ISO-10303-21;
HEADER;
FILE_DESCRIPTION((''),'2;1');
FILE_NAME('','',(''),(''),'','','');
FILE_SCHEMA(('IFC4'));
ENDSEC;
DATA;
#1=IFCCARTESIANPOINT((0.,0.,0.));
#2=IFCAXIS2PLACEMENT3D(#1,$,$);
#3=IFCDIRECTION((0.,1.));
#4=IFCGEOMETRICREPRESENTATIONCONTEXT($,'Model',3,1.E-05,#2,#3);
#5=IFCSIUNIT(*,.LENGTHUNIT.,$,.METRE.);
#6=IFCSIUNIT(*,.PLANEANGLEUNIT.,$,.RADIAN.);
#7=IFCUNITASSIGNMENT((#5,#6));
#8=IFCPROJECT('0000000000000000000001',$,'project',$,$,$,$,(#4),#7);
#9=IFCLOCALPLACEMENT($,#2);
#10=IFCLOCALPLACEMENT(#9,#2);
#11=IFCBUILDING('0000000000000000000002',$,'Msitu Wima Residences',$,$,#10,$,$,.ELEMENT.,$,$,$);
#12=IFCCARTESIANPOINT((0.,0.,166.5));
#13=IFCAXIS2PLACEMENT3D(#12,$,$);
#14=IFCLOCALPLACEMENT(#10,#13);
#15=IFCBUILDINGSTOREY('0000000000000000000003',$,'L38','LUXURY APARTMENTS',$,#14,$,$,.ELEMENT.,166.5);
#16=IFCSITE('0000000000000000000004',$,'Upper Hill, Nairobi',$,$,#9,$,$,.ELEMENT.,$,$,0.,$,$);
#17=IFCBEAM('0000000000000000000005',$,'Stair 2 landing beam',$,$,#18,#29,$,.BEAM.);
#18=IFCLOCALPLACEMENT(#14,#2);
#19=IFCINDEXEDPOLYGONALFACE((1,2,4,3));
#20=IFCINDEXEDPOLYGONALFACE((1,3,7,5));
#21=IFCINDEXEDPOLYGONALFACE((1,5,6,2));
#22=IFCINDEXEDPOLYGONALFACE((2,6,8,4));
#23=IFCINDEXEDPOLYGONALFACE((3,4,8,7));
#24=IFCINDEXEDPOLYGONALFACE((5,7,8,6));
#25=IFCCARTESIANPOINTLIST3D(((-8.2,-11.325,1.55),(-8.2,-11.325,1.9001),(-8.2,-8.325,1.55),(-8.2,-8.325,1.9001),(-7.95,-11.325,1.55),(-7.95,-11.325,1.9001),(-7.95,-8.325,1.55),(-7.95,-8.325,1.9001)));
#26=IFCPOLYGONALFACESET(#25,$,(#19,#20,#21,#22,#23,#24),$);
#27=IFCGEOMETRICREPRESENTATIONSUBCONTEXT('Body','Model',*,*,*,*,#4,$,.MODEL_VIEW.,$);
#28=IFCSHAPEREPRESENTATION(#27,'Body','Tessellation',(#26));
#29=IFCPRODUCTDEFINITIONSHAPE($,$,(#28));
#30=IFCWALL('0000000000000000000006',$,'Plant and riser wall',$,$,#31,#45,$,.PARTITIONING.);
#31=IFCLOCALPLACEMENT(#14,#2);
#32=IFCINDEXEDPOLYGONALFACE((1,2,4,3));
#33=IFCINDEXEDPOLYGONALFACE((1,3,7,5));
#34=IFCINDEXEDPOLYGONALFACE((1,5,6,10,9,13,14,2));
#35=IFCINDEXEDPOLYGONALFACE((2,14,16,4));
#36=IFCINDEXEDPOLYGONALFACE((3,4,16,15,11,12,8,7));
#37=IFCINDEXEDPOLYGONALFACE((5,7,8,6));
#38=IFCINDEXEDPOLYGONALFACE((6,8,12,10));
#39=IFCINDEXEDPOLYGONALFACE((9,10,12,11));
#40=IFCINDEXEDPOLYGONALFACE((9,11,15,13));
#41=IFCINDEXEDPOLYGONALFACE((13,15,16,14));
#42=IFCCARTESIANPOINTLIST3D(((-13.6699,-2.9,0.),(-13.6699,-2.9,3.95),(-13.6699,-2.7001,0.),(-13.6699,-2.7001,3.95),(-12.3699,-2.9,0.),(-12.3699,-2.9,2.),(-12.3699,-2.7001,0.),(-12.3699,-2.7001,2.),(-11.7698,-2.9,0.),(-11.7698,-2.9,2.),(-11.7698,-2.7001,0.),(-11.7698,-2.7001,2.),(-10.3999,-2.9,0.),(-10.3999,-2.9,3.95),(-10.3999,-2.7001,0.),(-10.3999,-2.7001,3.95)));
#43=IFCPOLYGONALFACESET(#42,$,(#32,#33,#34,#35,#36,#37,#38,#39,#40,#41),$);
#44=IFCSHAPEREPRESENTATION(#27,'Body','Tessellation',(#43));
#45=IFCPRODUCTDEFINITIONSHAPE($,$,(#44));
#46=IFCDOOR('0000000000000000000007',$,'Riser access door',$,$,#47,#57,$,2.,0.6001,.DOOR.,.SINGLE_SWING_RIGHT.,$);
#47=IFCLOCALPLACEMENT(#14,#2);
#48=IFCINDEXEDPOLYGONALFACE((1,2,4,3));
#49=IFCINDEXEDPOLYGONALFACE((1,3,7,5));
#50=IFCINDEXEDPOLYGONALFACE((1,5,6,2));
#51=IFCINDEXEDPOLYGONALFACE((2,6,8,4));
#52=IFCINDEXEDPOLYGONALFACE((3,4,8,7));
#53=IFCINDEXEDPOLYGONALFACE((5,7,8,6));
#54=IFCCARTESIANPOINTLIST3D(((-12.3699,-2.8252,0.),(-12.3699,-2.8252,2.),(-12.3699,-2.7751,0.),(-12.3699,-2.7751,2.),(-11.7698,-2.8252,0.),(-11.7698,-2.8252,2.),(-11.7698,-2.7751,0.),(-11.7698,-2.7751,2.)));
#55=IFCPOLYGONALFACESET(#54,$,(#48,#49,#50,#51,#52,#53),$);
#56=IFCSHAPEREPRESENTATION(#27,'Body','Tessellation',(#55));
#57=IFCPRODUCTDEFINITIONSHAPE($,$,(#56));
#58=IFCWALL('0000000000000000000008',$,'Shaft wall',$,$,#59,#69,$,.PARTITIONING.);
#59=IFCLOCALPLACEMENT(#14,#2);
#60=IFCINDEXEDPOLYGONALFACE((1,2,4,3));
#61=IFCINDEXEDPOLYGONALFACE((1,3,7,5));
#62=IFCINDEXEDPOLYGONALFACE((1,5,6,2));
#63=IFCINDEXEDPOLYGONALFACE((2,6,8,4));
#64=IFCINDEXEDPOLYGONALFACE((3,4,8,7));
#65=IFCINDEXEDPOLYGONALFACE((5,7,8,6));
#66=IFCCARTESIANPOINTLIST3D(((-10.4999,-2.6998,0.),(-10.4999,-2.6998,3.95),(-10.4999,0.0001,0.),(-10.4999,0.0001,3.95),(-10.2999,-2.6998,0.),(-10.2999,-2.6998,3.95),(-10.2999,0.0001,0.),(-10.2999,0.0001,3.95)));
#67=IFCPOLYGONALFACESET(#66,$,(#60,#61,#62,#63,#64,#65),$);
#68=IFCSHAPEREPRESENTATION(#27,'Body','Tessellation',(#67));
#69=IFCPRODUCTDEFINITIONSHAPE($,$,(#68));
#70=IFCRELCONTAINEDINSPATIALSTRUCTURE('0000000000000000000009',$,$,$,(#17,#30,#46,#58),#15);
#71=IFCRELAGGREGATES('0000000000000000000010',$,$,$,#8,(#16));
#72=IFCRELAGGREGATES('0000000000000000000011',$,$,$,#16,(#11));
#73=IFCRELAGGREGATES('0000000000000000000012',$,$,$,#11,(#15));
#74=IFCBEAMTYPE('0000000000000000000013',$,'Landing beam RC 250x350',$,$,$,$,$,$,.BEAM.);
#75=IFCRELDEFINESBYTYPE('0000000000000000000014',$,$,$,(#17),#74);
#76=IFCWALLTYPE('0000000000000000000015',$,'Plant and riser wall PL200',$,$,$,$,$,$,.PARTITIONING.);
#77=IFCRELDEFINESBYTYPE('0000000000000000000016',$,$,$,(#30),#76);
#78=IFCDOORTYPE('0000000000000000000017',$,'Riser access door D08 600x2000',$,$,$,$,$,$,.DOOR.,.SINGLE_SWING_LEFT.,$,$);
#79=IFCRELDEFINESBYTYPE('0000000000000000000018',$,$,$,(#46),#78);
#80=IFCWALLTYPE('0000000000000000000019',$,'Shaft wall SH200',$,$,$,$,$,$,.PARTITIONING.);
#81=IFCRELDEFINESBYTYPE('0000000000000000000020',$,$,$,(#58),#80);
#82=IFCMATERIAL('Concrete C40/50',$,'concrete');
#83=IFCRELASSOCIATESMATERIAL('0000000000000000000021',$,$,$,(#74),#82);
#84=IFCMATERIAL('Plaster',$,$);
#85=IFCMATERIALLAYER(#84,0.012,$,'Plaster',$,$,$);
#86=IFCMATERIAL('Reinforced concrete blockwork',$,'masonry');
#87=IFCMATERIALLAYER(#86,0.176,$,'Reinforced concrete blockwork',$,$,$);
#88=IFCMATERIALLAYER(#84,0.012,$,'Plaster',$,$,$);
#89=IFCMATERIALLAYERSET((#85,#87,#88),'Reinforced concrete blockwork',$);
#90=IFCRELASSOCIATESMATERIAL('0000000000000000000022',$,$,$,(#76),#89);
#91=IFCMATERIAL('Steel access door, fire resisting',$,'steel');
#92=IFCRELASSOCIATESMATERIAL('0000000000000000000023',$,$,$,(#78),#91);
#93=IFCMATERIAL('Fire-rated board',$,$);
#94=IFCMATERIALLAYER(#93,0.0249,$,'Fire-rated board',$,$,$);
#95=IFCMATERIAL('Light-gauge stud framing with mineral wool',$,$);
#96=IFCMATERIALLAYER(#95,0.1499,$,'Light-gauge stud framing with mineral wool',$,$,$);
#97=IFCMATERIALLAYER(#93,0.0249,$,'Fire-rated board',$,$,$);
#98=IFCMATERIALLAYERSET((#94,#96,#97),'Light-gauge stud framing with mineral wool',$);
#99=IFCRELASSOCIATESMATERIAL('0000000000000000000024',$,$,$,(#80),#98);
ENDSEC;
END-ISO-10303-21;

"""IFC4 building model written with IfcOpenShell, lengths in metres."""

from ifc_helpers import new_model, si_unit, direction, frame, frame_2d, origin, origin_2d, place, context, subcontext, project, spatial, rectangle, extrude, material, layer, layer_set, material_profile, profile_set, type_object, element, fill, save


model = new_model("IFC4")

# Units and contexts
model_context = context("Model", 3, precision=1e-05, world=origin(), true_north=direction((0.0, 1.0)))
body_context = subcontext(model_context, "Body", "Model", "MODEL_VIEW")
ifc_project = project(units=[si_unit("LENGTHUNIT", "METRE"), si_unit("PLANEANGLEUNIT", "RADIAN")], contexts=[model_context])

# Site, building, storey
site_placement = place(None, origin())
site = spatial("IfcSite", under=ifc_project, at=site_placement, Name="Upper Hill, Nairobi", CompositionType="ELEMENT", RefElevation=0.0)
building_placement = place(site_placement, origin())
building = spatial("IfcBuilding", under=site, at=building_placement, Name="Msitu Wima Residences", CompositionType="ELEMENT")
storey_placement = place(building_placement, frame((0.0, 0.0, 166.5)))
storey = spatial("IfcBuildingStorey", under=building, at=storey_placement, Name="L38", Description="LUXURY APARTMENTS", CompositionType="ELEMENT", Elevation=166.5)

# Beam
ifc_material_1 = material(Name="Concrete C40/50", Category="concrete")
ifc_material_profile = material_profile(ifc_material_1, rectangle(XDim=0.25, YDim=0.3501, at=origin_2d()), Name="RC 250x350")
ifc_profile_set = profile_set([ifc_material_profile], Name="Concrete C40/50")
beam_type = type_object("IfcBeamType", Name="Landing beam RC 250x350", PredefinedType="BEAM", material=ifc_profile_set)
beam_placement = place(storey_placement, frame((-8.075, -11.325, 1.7251), z_axis=(0.0, 1.0, 0.0), x_axis=(-1.0, 0.0, 0.0)))
element("IfcBeam", 1, at=beam_placement, inside=storey, type_object=beam_type, Name="Stair 2 landing beam", PredefinedType="BEAM", context=body_context, shape_type="SweptSolid", body=[
    extrude(rectangle(XDim=0.25, YDim=0.3501, at=origin_2d()), origin(), (0.0, 0.0, 1.0), 3.0),
])

# Wall, opening, door
ifc_material_2 = material(Name="Plaster")
ifc_layer_1 = layer(ifc_material_2, 0.012, Name="Plaster")
ifc_material_3 = material(Name="Reinforced concrete blockwork", Category="masonry")
ifc_layer_2 = layer(ifc_material_3, 0.176, Name="Reinforced concrete blockwork")
ifc_layer_3 = layer(ifc_material_2, 0.012, Name="Plaster")
ifc_layer_set_1 = layer_set([ifc_layer_1, ifc_layer_2, ifc_layer_3], Name="Reinforced concrete blockwork")
wall_type_1 = type_object("IfcWallType", Name="Plant and riser wall PL200", PredefinedType="PARTITIONING", material=ifc_layer_set_1)
wall_1_placement = place(storey_placement, frame((-13.6699, -2.8, 0.0), z_axis=(0.0, 0.0, 1.0), x_axis=(1.0, 0.0, 0.0)))
wall_1 = element("IfcWall", 2, at=wall_1_placement, inside=storey, type_object=wall_type_1, Name="Plant and riser wall", PredefinedType="PARTITIONING", context=body_context, shape_type="SweptSolid", body=[
    extrude(rectangle(XDim=3.27, YDim=0.2, at=frame_2d((1.635, 0.0))), origin(), (0.0, 0.0, 1.0), 3.95),
])
opening_1_placement = place(wall_1_placement, frame((1.3, 0.0, 0.0)))
opening_1 = element("IfcOpeningElement", 3, at=opening_1_placement, cuts=wall_1, PredefinedType="OPENING", context=body_context, shape_type="SweptSolid", body=[
    extrude(rectangle(XDim=0.6001, YDim=2.0, at=frame_2d((0.3, 1.0))), frame((0.0, 0.1099, 0.0), z_axis=(0.0, -1.0, 0.0), x_axis=(1.0, 0.0, 0.0)), (0.0, 0.0, 1.0), 0.22),
])
ifc_material_4 = material(Name="Steel access door, fire resisting", Category="steel")
door_type_1 = type_object("IfcDoorType", Name="Riser access door D08 600x2000", OperationType="SINGLE_SWING_LEFT", PredefinedType="DOOR", material=ifc_material_4)
door_1_placement = place(opening_1_placement, origin())
door_1 = element("IfcDoor", 4, at=door_1_placement, inside=storey, type_object=door_type_1, Name="Riser access door", OperationType="SINGLE_SWING_RIGHT", OverallHeight=2.0, OverallWidth=0.6001, PredefinedType="DOOR", context=body_context, shape_type="SweptSolid", body=[
    extrude(rectangle(XDim=0.6001, YDim=2.0, at=frame_2d((0.3, 1.0))), frame((0.0, 0.0249, 0.0), z_axis=(0.0, -1.0, 0.0), x_axis=(1.0, 0.0, 0.0)), (0.0, 0.0, 1.0), 0.05),
])
fill(opening_1, door_1)

# Wall
ifc_material_5 = material(Name="Fire-rated board")
ifc_layer_4 = layer(ifc_material_5, 0.0249, Name="Fire-rated board")
ifc_material_6 = material(Name="Light-gauge stud framing with mineral wool")
ifc_layer_5 = layer(ifc_material_6, 0.1499, Name="Light-gauge stud framing with mineral wool")
ifc_layer_6 = layer(ifc_material_5, 0.0249, Name="Fire-rated board")
ifc_layer_set_2 = layer_set([ifc_layer_4, ifc_layer_5, ifc_layer_6], Name="Light-gauge stud framing with mineral wool")
wall_type_2 = type_object("IfcWallType", Name="Shaft wall SH200", PredefinedType="PARTITIONING", material=ifc_layer_set_2)
wall_2_placement = place(storey_placement, frame((-10.3999, -2.7, 0.0), z_axis=(0.0, 0.0, 1.0), x_axis=(0.0, 1.0, 0.0)))
element("IfcWall", 5, at=wall_2_placement, inside=storey, type_object=wall_type_2, Name="Shaft wall", PredefinedType="PARTITIONING", context=body_context, shape_type="SweptSolid", body=[
    extrude(rectangle(XDim=2.7, YDim=0.2, at=frame_2d((1.3501, 0.0))), origin(), (0.0, 0.0, 1.0), 3.95),
])

save(model, "model.ifc")
